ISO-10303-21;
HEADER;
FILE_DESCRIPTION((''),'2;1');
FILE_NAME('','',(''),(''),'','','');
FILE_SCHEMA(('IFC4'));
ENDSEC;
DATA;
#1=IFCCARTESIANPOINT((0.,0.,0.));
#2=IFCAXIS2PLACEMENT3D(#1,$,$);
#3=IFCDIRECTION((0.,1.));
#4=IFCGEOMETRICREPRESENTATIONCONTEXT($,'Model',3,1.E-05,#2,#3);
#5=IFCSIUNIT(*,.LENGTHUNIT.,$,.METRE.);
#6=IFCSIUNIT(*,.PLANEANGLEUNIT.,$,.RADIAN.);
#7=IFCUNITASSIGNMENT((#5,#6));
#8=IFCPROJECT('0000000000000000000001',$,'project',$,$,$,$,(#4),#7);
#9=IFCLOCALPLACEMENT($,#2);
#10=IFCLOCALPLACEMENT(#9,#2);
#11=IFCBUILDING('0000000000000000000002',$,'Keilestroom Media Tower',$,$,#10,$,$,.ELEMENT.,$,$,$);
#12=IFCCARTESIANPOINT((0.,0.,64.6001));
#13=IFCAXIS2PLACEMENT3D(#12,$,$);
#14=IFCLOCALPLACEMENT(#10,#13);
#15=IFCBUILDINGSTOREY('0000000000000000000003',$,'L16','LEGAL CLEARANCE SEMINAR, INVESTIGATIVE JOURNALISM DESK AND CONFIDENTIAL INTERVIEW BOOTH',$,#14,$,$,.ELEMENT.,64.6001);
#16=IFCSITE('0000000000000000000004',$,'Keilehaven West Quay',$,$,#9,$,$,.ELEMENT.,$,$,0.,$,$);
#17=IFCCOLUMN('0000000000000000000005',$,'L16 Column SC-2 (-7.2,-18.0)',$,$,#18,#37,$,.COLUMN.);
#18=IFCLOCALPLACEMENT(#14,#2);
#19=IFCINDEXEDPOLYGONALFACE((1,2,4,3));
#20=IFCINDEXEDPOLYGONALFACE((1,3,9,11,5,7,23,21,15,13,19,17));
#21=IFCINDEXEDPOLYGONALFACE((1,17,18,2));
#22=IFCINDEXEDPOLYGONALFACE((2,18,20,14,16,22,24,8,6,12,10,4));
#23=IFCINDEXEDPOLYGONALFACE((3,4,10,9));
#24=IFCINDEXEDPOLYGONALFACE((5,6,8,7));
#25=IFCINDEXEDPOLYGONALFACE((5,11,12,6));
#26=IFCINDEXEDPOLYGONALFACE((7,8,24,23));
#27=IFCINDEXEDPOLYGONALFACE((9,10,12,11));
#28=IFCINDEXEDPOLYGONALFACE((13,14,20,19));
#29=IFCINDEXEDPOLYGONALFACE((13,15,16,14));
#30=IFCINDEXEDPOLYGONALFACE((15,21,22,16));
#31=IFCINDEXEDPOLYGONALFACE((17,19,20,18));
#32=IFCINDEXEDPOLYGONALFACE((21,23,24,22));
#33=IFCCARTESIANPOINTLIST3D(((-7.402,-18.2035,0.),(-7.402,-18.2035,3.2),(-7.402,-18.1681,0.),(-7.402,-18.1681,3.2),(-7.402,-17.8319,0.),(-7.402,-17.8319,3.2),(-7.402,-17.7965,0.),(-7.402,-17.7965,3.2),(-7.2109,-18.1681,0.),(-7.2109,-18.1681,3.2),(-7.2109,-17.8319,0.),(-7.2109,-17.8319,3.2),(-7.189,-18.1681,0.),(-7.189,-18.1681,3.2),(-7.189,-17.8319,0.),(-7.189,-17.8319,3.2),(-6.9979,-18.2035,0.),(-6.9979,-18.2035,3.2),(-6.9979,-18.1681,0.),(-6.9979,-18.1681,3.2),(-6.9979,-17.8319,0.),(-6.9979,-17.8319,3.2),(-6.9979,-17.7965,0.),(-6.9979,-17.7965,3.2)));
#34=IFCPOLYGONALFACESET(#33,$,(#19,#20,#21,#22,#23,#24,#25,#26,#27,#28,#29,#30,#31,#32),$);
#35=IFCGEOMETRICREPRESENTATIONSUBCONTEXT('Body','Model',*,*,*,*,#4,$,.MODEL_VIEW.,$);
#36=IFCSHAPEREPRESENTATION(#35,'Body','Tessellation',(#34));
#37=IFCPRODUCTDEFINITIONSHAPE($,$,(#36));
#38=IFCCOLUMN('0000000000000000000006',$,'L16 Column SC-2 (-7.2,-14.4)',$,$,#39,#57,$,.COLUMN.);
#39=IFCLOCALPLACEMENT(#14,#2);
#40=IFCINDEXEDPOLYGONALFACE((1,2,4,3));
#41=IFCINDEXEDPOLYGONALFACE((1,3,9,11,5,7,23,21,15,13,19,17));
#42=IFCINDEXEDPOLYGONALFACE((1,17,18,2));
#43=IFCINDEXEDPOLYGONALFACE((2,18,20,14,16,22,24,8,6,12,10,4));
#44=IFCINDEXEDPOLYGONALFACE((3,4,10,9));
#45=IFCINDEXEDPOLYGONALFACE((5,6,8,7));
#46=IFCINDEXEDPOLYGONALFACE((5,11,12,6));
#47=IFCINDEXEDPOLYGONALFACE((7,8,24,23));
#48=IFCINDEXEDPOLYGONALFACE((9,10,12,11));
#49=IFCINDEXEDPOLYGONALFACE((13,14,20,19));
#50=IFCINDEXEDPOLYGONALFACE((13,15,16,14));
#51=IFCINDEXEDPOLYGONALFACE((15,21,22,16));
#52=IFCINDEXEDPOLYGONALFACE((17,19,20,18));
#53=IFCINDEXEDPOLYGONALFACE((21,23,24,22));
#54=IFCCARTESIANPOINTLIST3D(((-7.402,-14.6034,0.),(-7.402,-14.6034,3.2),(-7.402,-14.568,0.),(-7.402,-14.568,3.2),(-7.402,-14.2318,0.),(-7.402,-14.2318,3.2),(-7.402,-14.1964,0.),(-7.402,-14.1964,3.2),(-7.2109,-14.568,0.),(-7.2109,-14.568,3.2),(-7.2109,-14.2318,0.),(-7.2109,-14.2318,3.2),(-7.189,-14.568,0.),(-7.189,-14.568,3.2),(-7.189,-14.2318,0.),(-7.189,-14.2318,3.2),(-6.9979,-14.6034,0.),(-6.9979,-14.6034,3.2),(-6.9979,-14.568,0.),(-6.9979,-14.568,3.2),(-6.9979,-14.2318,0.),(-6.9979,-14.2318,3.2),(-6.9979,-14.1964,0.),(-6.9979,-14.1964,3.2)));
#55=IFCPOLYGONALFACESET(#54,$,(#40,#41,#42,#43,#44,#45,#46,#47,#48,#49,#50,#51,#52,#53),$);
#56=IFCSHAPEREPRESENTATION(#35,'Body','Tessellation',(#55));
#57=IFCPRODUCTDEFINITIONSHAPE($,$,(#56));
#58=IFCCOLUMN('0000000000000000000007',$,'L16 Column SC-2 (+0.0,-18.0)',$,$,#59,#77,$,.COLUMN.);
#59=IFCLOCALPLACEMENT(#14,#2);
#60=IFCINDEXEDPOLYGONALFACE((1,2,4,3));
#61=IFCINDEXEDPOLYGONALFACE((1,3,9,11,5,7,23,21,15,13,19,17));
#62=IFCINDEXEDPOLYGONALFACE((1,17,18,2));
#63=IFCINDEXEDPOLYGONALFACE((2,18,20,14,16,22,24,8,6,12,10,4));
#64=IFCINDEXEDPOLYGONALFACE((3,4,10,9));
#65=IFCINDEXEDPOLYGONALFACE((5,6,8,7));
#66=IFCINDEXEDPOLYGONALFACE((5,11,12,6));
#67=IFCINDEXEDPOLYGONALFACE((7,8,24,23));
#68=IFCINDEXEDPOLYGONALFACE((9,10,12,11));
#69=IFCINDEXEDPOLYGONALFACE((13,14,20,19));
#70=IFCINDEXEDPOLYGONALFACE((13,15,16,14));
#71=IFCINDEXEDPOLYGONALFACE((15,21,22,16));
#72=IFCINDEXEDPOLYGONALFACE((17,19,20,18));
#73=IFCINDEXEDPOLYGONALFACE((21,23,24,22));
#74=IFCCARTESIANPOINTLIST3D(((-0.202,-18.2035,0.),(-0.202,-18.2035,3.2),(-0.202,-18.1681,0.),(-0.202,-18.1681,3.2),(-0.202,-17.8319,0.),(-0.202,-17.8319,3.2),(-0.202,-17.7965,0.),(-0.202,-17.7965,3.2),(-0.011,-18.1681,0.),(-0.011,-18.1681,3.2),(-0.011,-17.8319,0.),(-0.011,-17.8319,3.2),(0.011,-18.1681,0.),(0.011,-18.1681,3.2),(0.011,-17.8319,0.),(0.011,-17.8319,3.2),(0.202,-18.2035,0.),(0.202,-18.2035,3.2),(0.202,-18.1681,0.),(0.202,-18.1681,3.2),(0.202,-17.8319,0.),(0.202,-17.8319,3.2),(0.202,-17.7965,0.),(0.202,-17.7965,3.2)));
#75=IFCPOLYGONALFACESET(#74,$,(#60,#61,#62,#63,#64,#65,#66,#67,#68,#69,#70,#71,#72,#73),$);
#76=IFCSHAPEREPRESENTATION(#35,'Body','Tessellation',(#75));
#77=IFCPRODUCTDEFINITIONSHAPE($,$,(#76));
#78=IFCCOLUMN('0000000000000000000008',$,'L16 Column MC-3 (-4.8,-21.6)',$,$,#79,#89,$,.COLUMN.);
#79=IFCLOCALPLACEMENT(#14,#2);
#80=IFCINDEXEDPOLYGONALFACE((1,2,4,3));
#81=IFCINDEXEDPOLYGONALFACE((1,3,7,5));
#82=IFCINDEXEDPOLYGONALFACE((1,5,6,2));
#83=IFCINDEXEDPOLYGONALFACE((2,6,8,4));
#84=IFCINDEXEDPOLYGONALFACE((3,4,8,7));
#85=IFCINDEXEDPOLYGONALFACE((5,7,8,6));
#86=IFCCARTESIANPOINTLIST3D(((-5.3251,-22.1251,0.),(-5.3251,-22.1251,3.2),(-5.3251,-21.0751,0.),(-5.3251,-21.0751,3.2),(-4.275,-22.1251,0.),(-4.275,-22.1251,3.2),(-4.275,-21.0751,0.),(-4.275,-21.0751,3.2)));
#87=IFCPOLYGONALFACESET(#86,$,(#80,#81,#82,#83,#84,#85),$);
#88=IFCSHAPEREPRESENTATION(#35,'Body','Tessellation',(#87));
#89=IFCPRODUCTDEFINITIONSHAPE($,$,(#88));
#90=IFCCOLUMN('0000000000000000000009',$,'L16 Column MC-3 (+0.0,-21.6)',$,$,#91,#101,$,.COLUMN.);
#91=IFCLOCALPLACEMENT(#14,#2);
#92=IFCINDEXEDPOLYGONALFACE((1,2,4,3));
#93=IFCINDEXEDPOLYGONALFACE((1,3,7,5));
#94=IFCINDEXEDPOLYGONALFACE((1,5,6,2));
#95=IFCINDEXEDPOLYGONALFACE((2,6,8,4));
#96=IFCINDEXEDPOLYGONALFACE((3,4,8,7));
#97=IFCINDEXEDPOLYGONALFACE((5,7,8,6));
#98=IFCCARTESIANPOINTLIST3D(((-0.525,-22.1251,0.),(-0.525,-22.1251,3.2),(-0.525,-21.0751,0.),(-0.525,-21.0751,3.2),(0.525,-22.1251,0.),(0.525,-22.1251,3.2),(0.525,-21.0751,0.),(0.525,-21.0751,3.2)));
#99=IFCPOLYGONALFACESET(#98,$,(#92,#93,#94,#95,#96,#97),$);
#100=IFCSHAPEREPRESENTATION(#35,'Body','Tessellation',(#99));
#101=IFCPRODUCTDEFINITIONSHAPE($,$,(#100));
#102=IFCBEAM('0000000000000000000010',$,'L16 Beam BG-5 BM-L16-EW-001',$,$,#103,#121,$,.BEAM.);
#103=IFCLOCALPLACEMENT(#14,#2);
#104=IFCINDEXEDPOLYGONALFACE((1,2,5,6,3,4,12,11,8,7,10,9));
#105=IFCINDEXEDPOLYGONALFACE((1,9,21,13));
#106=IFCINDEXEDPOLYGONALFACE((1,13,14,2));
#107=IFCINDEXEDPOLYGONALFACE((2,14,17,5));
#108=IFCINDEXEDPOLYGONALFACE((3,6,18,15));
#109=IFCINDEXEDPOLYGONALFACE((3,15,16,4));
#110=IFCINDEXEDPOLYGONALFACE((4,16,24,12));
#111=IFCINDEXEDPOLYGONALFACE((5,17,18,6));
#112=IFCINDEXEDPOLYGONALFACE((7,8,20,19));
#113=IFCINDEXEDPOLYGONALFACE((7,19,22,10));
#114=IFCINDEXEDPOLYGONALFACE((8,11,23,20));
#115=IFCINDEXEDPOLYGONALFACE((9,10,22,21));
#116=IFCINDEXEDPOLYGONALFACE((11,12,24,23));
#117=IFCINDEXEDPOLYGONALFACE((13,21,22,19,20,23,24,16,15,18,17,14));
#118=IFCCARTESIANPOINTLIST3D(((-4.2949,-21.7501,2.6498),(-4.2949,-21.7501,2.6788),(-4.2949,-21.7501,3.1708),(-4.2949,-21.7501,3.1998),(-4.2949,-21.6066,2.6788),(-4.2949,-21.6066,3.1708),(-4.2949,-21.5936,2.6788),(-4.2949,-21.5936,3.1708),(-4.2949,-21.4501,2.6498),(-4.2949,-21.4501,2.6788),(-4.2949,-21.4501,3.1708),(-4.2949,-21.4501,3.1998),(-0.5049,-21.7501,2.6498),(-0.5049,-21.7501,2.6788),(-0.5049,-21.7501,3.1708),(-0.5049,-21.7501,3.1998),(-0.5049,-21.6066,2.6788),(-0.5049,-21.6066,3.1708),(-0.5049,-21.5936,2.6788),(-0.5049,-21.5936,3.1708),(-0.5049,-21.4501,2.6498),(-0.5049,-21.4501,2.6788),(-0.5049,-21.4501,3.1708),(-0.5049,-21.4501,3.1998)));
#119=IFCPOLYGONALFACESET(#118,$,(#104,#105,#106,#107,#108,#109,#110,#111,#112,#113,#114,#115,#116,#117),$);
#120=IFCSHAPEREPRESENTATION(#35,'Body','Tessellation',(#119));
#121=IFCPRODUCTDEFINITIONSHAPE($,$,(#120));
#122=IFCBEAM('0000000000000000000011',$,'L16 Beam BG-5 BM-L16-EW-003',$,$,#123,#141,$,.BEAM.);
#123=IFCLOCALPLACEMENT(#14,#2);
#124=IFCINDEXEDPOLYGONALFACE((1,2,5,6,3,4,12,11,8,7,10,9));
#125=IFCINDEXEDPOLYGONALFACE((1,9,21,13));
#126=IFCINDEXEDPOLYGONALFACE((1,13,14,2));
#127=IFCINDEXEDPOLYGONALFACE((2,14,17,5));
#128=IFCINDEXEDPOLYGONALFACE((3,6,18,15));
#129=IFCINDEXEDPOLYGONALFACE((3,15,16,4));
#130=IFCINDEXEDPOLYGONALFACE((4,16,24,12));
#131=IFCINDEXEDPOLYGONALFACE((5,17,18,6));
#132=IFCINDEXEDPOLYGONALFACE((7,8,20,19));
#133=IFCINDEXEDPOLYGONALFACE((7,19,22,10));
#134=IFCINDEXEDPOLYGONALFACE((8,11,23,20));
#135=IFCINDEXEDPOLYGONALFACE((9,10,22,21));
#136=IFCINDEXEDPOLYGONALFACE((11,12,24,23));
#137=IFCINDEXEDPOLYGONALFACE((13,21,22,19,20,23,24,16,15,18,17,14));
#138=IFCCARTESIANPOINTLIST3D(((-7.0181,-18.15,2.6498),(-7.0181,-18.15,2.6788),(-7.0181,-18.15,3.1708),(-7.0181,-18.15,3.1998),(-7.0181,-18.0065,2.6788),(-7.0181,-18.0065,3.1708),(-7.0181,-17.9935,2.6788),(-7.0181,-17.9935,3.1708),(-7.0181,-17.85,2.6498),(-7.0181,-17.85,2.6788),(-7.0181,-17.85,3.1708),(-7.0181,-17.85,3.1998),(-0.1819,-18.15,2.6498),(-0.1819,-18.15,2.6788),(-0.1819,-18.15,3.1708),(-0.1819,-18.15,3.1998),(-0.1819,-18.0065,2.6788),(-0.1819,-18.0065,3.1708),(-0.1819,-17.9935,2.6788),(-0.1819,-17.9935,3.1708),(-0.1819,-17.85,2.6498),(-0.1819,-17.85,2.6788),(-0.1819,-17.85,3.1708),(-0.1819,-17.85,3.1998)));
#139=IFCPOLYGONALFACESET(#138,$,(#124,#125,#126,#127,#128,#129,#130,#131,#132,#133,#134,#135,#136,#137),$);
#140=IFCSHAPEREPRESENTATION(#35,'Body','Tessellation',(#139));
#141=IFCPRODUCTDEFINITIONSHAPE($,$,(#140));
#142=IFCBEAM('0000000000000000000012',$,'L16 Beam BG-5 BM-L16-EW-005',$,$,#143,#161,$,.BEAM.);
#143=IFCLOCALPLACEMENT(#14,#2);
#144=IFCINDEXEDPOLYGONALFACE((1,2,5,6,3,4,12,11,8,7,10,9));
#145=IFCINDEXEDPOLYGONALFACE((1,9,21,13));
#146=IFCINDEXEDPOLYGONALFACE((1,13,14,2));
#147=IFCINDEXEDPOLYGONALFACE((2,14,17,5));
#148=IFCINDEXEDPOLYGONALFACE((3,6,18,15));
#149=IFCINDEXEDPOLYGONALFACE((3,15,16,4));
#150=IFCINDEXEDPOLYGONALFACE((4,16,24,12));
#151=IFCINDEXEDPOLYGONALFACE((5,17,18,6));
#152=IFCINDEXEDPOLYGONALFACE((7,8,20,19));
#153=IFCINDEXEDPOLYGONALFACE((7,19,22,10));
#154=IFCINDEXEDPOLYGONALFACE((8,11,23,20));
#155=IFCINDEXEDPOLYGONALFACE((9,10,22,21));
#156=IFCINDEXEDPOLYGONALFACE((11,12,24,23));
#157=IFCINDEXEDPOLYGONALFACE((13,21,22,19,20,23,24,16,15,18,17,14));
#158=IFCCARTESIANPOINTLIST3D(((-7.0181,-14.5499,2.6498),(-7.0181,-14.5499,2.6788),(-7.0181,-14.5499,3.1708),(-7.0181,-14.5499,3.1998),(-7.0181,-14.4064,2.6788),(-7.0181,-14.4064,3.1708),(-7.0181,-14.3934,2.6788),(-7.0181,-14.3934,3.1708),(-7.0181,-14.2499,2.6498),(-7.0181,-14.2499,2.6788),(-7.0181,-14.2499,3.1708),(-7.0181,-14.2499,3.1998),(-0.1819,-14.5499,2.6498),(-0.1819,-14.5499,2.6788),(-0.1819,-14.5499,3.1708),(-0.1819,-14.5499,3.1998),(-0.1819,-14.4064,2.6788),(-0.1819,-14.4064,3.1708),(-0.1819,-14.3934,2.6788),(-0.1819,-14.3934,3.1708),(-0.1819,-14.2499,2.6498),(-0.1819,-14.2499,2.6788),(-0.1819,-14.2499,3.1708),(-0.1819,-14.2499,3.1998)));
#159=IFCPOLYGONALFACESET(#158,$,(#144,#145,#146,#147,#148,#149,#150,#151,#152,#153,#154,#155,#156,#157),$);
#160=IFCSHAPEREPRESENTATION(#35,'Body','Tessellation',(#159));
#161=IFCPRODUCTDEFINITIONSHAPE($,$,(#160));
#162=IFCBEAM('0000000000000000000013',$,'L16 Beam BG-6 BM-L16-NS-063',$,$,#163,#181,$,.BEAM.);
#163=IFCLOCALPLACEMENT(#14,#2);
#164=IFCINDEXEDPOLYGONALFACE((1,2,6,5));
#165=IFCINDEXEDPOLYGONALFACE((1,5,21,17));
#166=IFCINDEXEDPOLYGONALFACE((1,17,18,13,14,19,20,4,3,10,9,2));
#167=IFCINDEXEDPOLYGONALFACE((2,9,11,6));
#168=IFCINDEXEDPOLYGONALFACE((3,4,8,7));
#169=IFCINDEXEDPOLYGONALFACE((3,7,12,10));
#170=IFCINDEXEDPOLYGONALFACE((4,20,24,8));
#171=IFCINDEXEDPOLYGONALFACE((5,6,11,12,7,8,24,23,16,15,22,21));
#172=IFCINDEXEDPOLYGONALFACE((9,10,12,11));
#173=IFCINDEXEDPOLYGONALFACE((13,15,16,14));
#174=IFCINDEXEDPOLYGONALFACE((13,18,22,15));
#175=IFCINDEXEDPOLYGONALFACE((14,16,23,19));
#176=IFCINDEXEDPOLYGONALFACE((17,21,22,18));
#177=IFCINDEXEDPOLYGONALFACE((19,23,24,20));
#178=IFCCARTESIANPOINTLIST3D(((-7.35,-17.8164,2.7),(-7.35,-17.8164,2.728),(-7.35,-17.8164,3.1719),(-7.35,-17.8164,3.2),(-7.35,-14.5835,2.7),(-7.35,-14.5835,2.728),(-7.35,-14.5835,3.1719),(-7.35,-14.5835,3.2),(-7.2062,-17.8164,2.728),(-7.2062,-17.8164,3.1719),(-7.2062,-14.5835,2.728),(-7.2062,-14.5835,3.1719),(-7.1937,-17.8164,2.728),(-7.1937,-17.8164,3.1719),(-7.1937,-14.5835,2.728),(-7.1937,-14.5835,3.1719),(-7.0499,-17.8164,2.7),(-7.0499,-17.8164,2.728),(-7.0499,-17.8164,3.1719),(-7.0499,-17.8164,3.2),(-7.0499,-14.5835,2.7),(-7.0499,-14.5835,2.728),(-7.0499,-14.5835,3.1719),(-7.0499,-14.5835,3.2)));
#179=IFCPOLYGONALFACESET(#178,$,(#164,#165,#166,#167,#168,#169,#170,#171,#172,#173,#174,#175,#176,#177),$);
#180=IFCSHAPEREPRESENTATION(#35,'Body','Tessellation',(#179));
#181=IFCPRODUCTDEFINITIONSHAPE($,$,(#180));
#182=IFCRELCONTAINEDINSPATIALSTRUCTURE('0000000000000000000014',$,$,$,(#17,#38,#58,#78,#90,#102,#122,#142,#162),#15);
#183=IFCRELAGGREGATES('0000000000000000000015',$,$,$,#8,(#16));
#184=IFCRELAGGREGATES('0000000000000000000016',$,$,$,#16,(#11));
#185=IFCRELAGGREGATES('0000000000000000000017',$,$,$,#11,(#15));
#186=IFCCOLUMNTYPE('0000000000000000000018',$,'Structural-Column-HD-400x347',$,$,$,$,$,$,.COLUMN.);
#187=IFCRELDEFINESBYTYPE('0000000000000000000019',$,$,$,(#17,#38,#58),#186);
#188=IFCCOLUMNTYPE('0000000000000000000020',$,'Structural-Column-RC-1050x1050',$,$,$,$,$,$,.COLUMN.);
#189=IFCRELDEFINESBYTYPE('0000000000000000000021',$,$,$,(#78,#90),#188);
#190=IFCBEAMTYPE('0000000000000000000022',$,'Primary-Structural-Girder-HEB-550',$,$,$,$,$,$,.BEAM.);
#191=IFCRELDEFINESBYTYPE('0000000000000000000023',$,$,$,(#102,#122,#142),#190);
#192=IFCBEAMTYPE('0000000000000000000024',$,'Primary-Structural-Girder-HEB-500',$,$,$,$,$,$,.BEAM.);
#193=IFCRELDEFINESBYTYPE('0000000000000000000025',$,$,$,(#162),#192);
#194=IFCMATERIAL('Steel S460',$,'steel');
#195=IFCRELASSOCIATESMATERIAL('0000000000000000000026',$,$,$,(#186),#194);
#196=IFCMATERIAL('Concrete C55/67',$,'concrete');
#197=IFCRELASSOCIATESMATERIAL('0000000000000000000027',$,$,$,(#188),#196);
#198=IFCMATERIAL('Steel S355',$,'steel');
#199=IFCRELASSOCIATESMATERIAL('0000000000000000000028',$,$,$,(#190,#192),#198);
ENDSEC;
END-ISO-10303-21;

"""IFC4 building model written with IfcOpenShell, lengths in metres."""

from ifc_helpers import new_model, si_unit, direction, frame, origin, origin_2d, place, context, subcontext, project, spatial, rectangle, i_section, extrude, source, transform, mapped, material, material_profile, profile_set, type_object, element, save


model = new_model("IFC4")

# Units and contexts
model_context = context("Model", 3, precision=1e-05, world=origin(), true_north=direction((0.0, 1.0)))
body_context = subcontext(model_context, "Body", "Model", "MODEL_VIEW")
ifc_project = project(units=[si_unit("LENGTHUNIT", "METRE"), si_unit("PLANEANGLEUNIT", "RADIAN")], contexts=[model_context])

# Site, building, storey
site_placement = place(None, origin())
site = spatial("IfcSite", under=ifc_project, at=site_placement, Name="Keilehaven West Quay", CompositionType="ELEMENT", RefElevation=0.0)
building_placement = place(site_placement, origin())
building = spatial("IfcBuilding", under=site, at=building_placement, Name="Keilestroom Media Tower", CompositionType="ELEMENT")
storey_placement = place(building_placement, frame((0.0, 0.0, 64.6001)))
storey = spatial("IfcBuildingStorey", under=building, at=storey_placement, Name="L16", Description="LEGAL CLEARANCE SEMINAR, INVESTIGATIVE JOURNALISM DESK AND CONFIDENTIAL INTERVIEW BOOTH", CompositionType="ELEMENT", Elevation=64.6001)

# Columns
ifc_material_1 = material(Name="Steel S460", Category="steel")
ifc_material_profile_1 = material_profile(ifc_material_1, i_section(OverallWidth=0.4041, OverallDepth=0.407, WebThickness=0.022, FlangeThickness=0.0354, at=origin_2d()), Name="HD 400x347")
ifc_profile_set_1 = profile_set([ifc_material_profile_1], Name="Steel S460")
column_type_1 = type_object("IfcColumnType", Name="Structural-Column-HD-400x347", PredefinedType="COLUMN", material=ifc_profile_set_1)
shared_shape_1 = source(origin(), body_context, "Body", "SweptSolid", [
    extrude(i_section(OverallWidth=0.4041, OverallDepth=0.407, WebThickness=0.022, FlangeThickness=0.0354, at=origin_2d()), origin(), (0.0, 0.0, 1.0), 3.2),
])
for number, where, z_axis, x_axis, name in (
    (1, (-7.2, -18.0, 0.0), (0.0, 0.0, 1.0), (1.0, 0.0, 0.0), "L16 Column SC-2 (-7.2,-18.0)"),
    (2, (-7.2, -14.3999, 0.0), (0.0, 0.0, 1.0), (1.0, 0.0, 0.0), "L16 Column SC-2 (-7.2,-14.4)"),
    (3, (0.0, -18.0, 0.0), (0.0, 0.0, 1.0), (1.0, 0.0, 0.0), "L16 Column SC-2 (+0.0,-18.0)"),
):
    element("IfcColumn", number, at=place(storey_placement, frame(where, z_axis=z_axis, x_axis=x_axis)), inside=storey, type_object=column_type_1, Name=name, PredefinedType="COLUMN", context=body_context, shape_type="MappedRepresentation", body=[
        mapped(shared_shape_1, transform((0.0, 0.0, 0.0), x_axis=(1.0, 0.0, 0.0), y_axis=(0.0, 1.0, 0.0), z_axis=(0.0, 0.0, 1.0), scale=1.0)),
    ])
ifc_material_2 = material(Name="Concrete C55/67", Category="concrete")
ifc_material_profile_2 = material_profile(ifc_material_2, rectangle(XDim=1.05, YDim=1.05, at=origin_2d()), Name="RC 1050x1050")
ifc_profile_set_2 = profile_set([ifc_material_profile_2], Name="Concrete C55/67")
column_type_2 = type_object("IfcColumnType", Name="Structural-Column-RC-1050x1050", PredefinedType="COLUMN", material=ifc_profile_set_2)
shared_shape_2 = source(origin(), body_context, "Body", "SweptSolid", [
    extrude(rectangle(XDim=1.05, YDim=1.05, at=origin_2d()), origin(), (0.0, 0.0, 1.0), 3.2),
])
for number, where, z_axis, x_axis, name in (
    (4, (-4.8, -21.6001, 0.0), (0.0, 0.0, 1.0), (1.0, 0.0, 0.0), "L16 Column MC-3 (-4.8,-21.6)"),
    (5, (0.0, -21.6001, 0.0), (0.0, 0.0, 1.0), (1.0, 0.0, 0.0), "L16 Column MC-3 (+0.0,-21.6)"),
):
    element("IfcColumn", number, at=place(storey_placement, frame(where, z_axis=z_axis, x_axis=x_axis)), inside=storey, type_object=column_type_2, Name=name, PredefinedType="COLUMN", context=body_context, shape_type="MappedRepresentation", body=[
        mapped(shared_shape_2, transform((0.0, 0.0, 0.0), x_axis=(1.0, 0.0, 0.0), y_axis=(0.0, 1.0, 0.0), z_axis=(0.0, 0.0, 1.0), scale=1.0)),
    ])

# Beams
ifc_material_3 = material(Name="Steel S355", Category="steel")
ifc_material_profile_3 = material_profile(ifc_material_3, i_section(OverallWidth=0.3, OverallDepth=0.55, WebThickness=0.0129, FlangeThickness=0.0291, at=origin_2d()), Name="HEB 550")
ifc_profile_set_3 = profile_set([ifc_material_profile_3], Name="Steel S355")
beam_type_1 = type_object("IfcBeamType", Name="Primary-Structural-Girder-HEB-550", PredefinedType="BEAM", material=ifc_profile_set_3)
shared_shape_3 = source(origin(), body_context, "Body", "SweptSolid", [
    extrude(i_section(OverallWidth=0.3, OverallDepth=0.55, WebThickness=0.0129, FlangeThickness=0.0291, at=origin_2d()), origin(), (0.0, 0.0, 1.0), 3.79),
])
beam_1_placement = place(storey_placement, frame((-4.2949, -21.6001, 2.9248), z_axis=(1.0, 0.0, 0.0), x_axis=(0.0, 1.0, 0.0)))
element("IfcBeam", 6, at=beam_1_placement, inside=storey, type_object=beam_type_1, Name="L16 Beam BG-5 BM-L16-EW-001", PredefinedType="BEAM", context=body_context, shape_type="MappedRepresentation", body=[
    mapped(shared_shape_3, transform((0.0, 0.0, 0.0), x_axis=(1.0, 0.0, 0.0), y_axis=(0.0, 1.0, 0.0), z_axis=(0.0, 0.0, 1.0), scale=1.0)),
])
shared_shape_4 = source(origin(), body_context, "Body", "SweptSolid", [
    extrude(i_section(OverallWidth=0.3, OverallDepth=0.55, WebThickness=0.0129, FlangeThickness=0.0291, at=origin_2d()), origin(), (0.0, 0.0, 1.0), 6.8362),
])
for number, where, z_axis, x_axis, name in (
    (7, (-7.0181, -18.0, 2.9248), (1.0, 0.0, 0.0), (0.0, 1.0, 0.0), "L16 Beam BG-5 BM-L16-EW-003"),
    (8, (-7.0181, -14.3999, 2.9248), (1.0, 0.0, 0.0), (0.0, 1.0, 0.0), "L16 Beam BG-5 BM-L16-EW-005"),
):
    element("IfcBeam", number, at=place(storey_placement, frame(where, z_axis=z_axis, x_axis=x_axis)), inside=storey, type_object=beam_type_1, Name=name, PredefinedType="BEAM", context=body_context, shape_type="MappedRepresentation", body=[
        mapped(shared_shape_4, transform((0.0, 0.0, 0.0), x_axis=(1.0, 0.0, 0.0), y_axis=(0.0, 1.0, 0.0), z_axis=(0.0, 0.0, 1.0), scale=1.0)),
    ])
ifc_material_profile_4 = material_profile(ifc_material_3, i_section(OverallWidth=0.3, OverallDepth=0.5, WebThickness=0.0125, FlangeThickness=0.0281, at=origin_2d()), Name="HEB 500")
ifc_profile_set_4 = profile_set([ifc_material_profile_4], Name="Steel S355")
beam_type_2 = type_object("IfcBeamType", Name="Primary-Structural-Girder-HEB-500", PredefinedType="BEAM", material=ifc_profile_set_4)
shared_shape_5 = source(origin(), body_context, "Body", "SweptSolid", [
    extrude(i_section(OverallWidth=0.3, OverallDepth=0.5, WebThickness=0.0125, FlangeThickness=0.0281, at=origin_2d()), origin(), (0.0, 0.0, 1.0), 3.2329),
])
beam_2_placement = place(storey_placement, frame((-7.2, -17.8164, 2.95), z_axis=(0.0, 1.0, 0.0), x_axis=(-1.0, 0.0, 0.0)))
element("IfcBeam", 9, at=beam_2_placement, inside=storey, type_object=beam_type_2, Name="L16 Beam BG-6 BM-L16-NS-063", PredefinedType="BEAM", context=body_context, shape_type="MappedRepresentation", body=[
    mapped(shared_shape_5, transform((0.0, 0.0, 0.0), x_axis=(1.0, 0.0, 0.0), y_axis=(0.0, 1.0, 0.0), z_axis=(0.0, 0.0, 1.0), scale=1.0)),
])

save(model, "model.ifc")
